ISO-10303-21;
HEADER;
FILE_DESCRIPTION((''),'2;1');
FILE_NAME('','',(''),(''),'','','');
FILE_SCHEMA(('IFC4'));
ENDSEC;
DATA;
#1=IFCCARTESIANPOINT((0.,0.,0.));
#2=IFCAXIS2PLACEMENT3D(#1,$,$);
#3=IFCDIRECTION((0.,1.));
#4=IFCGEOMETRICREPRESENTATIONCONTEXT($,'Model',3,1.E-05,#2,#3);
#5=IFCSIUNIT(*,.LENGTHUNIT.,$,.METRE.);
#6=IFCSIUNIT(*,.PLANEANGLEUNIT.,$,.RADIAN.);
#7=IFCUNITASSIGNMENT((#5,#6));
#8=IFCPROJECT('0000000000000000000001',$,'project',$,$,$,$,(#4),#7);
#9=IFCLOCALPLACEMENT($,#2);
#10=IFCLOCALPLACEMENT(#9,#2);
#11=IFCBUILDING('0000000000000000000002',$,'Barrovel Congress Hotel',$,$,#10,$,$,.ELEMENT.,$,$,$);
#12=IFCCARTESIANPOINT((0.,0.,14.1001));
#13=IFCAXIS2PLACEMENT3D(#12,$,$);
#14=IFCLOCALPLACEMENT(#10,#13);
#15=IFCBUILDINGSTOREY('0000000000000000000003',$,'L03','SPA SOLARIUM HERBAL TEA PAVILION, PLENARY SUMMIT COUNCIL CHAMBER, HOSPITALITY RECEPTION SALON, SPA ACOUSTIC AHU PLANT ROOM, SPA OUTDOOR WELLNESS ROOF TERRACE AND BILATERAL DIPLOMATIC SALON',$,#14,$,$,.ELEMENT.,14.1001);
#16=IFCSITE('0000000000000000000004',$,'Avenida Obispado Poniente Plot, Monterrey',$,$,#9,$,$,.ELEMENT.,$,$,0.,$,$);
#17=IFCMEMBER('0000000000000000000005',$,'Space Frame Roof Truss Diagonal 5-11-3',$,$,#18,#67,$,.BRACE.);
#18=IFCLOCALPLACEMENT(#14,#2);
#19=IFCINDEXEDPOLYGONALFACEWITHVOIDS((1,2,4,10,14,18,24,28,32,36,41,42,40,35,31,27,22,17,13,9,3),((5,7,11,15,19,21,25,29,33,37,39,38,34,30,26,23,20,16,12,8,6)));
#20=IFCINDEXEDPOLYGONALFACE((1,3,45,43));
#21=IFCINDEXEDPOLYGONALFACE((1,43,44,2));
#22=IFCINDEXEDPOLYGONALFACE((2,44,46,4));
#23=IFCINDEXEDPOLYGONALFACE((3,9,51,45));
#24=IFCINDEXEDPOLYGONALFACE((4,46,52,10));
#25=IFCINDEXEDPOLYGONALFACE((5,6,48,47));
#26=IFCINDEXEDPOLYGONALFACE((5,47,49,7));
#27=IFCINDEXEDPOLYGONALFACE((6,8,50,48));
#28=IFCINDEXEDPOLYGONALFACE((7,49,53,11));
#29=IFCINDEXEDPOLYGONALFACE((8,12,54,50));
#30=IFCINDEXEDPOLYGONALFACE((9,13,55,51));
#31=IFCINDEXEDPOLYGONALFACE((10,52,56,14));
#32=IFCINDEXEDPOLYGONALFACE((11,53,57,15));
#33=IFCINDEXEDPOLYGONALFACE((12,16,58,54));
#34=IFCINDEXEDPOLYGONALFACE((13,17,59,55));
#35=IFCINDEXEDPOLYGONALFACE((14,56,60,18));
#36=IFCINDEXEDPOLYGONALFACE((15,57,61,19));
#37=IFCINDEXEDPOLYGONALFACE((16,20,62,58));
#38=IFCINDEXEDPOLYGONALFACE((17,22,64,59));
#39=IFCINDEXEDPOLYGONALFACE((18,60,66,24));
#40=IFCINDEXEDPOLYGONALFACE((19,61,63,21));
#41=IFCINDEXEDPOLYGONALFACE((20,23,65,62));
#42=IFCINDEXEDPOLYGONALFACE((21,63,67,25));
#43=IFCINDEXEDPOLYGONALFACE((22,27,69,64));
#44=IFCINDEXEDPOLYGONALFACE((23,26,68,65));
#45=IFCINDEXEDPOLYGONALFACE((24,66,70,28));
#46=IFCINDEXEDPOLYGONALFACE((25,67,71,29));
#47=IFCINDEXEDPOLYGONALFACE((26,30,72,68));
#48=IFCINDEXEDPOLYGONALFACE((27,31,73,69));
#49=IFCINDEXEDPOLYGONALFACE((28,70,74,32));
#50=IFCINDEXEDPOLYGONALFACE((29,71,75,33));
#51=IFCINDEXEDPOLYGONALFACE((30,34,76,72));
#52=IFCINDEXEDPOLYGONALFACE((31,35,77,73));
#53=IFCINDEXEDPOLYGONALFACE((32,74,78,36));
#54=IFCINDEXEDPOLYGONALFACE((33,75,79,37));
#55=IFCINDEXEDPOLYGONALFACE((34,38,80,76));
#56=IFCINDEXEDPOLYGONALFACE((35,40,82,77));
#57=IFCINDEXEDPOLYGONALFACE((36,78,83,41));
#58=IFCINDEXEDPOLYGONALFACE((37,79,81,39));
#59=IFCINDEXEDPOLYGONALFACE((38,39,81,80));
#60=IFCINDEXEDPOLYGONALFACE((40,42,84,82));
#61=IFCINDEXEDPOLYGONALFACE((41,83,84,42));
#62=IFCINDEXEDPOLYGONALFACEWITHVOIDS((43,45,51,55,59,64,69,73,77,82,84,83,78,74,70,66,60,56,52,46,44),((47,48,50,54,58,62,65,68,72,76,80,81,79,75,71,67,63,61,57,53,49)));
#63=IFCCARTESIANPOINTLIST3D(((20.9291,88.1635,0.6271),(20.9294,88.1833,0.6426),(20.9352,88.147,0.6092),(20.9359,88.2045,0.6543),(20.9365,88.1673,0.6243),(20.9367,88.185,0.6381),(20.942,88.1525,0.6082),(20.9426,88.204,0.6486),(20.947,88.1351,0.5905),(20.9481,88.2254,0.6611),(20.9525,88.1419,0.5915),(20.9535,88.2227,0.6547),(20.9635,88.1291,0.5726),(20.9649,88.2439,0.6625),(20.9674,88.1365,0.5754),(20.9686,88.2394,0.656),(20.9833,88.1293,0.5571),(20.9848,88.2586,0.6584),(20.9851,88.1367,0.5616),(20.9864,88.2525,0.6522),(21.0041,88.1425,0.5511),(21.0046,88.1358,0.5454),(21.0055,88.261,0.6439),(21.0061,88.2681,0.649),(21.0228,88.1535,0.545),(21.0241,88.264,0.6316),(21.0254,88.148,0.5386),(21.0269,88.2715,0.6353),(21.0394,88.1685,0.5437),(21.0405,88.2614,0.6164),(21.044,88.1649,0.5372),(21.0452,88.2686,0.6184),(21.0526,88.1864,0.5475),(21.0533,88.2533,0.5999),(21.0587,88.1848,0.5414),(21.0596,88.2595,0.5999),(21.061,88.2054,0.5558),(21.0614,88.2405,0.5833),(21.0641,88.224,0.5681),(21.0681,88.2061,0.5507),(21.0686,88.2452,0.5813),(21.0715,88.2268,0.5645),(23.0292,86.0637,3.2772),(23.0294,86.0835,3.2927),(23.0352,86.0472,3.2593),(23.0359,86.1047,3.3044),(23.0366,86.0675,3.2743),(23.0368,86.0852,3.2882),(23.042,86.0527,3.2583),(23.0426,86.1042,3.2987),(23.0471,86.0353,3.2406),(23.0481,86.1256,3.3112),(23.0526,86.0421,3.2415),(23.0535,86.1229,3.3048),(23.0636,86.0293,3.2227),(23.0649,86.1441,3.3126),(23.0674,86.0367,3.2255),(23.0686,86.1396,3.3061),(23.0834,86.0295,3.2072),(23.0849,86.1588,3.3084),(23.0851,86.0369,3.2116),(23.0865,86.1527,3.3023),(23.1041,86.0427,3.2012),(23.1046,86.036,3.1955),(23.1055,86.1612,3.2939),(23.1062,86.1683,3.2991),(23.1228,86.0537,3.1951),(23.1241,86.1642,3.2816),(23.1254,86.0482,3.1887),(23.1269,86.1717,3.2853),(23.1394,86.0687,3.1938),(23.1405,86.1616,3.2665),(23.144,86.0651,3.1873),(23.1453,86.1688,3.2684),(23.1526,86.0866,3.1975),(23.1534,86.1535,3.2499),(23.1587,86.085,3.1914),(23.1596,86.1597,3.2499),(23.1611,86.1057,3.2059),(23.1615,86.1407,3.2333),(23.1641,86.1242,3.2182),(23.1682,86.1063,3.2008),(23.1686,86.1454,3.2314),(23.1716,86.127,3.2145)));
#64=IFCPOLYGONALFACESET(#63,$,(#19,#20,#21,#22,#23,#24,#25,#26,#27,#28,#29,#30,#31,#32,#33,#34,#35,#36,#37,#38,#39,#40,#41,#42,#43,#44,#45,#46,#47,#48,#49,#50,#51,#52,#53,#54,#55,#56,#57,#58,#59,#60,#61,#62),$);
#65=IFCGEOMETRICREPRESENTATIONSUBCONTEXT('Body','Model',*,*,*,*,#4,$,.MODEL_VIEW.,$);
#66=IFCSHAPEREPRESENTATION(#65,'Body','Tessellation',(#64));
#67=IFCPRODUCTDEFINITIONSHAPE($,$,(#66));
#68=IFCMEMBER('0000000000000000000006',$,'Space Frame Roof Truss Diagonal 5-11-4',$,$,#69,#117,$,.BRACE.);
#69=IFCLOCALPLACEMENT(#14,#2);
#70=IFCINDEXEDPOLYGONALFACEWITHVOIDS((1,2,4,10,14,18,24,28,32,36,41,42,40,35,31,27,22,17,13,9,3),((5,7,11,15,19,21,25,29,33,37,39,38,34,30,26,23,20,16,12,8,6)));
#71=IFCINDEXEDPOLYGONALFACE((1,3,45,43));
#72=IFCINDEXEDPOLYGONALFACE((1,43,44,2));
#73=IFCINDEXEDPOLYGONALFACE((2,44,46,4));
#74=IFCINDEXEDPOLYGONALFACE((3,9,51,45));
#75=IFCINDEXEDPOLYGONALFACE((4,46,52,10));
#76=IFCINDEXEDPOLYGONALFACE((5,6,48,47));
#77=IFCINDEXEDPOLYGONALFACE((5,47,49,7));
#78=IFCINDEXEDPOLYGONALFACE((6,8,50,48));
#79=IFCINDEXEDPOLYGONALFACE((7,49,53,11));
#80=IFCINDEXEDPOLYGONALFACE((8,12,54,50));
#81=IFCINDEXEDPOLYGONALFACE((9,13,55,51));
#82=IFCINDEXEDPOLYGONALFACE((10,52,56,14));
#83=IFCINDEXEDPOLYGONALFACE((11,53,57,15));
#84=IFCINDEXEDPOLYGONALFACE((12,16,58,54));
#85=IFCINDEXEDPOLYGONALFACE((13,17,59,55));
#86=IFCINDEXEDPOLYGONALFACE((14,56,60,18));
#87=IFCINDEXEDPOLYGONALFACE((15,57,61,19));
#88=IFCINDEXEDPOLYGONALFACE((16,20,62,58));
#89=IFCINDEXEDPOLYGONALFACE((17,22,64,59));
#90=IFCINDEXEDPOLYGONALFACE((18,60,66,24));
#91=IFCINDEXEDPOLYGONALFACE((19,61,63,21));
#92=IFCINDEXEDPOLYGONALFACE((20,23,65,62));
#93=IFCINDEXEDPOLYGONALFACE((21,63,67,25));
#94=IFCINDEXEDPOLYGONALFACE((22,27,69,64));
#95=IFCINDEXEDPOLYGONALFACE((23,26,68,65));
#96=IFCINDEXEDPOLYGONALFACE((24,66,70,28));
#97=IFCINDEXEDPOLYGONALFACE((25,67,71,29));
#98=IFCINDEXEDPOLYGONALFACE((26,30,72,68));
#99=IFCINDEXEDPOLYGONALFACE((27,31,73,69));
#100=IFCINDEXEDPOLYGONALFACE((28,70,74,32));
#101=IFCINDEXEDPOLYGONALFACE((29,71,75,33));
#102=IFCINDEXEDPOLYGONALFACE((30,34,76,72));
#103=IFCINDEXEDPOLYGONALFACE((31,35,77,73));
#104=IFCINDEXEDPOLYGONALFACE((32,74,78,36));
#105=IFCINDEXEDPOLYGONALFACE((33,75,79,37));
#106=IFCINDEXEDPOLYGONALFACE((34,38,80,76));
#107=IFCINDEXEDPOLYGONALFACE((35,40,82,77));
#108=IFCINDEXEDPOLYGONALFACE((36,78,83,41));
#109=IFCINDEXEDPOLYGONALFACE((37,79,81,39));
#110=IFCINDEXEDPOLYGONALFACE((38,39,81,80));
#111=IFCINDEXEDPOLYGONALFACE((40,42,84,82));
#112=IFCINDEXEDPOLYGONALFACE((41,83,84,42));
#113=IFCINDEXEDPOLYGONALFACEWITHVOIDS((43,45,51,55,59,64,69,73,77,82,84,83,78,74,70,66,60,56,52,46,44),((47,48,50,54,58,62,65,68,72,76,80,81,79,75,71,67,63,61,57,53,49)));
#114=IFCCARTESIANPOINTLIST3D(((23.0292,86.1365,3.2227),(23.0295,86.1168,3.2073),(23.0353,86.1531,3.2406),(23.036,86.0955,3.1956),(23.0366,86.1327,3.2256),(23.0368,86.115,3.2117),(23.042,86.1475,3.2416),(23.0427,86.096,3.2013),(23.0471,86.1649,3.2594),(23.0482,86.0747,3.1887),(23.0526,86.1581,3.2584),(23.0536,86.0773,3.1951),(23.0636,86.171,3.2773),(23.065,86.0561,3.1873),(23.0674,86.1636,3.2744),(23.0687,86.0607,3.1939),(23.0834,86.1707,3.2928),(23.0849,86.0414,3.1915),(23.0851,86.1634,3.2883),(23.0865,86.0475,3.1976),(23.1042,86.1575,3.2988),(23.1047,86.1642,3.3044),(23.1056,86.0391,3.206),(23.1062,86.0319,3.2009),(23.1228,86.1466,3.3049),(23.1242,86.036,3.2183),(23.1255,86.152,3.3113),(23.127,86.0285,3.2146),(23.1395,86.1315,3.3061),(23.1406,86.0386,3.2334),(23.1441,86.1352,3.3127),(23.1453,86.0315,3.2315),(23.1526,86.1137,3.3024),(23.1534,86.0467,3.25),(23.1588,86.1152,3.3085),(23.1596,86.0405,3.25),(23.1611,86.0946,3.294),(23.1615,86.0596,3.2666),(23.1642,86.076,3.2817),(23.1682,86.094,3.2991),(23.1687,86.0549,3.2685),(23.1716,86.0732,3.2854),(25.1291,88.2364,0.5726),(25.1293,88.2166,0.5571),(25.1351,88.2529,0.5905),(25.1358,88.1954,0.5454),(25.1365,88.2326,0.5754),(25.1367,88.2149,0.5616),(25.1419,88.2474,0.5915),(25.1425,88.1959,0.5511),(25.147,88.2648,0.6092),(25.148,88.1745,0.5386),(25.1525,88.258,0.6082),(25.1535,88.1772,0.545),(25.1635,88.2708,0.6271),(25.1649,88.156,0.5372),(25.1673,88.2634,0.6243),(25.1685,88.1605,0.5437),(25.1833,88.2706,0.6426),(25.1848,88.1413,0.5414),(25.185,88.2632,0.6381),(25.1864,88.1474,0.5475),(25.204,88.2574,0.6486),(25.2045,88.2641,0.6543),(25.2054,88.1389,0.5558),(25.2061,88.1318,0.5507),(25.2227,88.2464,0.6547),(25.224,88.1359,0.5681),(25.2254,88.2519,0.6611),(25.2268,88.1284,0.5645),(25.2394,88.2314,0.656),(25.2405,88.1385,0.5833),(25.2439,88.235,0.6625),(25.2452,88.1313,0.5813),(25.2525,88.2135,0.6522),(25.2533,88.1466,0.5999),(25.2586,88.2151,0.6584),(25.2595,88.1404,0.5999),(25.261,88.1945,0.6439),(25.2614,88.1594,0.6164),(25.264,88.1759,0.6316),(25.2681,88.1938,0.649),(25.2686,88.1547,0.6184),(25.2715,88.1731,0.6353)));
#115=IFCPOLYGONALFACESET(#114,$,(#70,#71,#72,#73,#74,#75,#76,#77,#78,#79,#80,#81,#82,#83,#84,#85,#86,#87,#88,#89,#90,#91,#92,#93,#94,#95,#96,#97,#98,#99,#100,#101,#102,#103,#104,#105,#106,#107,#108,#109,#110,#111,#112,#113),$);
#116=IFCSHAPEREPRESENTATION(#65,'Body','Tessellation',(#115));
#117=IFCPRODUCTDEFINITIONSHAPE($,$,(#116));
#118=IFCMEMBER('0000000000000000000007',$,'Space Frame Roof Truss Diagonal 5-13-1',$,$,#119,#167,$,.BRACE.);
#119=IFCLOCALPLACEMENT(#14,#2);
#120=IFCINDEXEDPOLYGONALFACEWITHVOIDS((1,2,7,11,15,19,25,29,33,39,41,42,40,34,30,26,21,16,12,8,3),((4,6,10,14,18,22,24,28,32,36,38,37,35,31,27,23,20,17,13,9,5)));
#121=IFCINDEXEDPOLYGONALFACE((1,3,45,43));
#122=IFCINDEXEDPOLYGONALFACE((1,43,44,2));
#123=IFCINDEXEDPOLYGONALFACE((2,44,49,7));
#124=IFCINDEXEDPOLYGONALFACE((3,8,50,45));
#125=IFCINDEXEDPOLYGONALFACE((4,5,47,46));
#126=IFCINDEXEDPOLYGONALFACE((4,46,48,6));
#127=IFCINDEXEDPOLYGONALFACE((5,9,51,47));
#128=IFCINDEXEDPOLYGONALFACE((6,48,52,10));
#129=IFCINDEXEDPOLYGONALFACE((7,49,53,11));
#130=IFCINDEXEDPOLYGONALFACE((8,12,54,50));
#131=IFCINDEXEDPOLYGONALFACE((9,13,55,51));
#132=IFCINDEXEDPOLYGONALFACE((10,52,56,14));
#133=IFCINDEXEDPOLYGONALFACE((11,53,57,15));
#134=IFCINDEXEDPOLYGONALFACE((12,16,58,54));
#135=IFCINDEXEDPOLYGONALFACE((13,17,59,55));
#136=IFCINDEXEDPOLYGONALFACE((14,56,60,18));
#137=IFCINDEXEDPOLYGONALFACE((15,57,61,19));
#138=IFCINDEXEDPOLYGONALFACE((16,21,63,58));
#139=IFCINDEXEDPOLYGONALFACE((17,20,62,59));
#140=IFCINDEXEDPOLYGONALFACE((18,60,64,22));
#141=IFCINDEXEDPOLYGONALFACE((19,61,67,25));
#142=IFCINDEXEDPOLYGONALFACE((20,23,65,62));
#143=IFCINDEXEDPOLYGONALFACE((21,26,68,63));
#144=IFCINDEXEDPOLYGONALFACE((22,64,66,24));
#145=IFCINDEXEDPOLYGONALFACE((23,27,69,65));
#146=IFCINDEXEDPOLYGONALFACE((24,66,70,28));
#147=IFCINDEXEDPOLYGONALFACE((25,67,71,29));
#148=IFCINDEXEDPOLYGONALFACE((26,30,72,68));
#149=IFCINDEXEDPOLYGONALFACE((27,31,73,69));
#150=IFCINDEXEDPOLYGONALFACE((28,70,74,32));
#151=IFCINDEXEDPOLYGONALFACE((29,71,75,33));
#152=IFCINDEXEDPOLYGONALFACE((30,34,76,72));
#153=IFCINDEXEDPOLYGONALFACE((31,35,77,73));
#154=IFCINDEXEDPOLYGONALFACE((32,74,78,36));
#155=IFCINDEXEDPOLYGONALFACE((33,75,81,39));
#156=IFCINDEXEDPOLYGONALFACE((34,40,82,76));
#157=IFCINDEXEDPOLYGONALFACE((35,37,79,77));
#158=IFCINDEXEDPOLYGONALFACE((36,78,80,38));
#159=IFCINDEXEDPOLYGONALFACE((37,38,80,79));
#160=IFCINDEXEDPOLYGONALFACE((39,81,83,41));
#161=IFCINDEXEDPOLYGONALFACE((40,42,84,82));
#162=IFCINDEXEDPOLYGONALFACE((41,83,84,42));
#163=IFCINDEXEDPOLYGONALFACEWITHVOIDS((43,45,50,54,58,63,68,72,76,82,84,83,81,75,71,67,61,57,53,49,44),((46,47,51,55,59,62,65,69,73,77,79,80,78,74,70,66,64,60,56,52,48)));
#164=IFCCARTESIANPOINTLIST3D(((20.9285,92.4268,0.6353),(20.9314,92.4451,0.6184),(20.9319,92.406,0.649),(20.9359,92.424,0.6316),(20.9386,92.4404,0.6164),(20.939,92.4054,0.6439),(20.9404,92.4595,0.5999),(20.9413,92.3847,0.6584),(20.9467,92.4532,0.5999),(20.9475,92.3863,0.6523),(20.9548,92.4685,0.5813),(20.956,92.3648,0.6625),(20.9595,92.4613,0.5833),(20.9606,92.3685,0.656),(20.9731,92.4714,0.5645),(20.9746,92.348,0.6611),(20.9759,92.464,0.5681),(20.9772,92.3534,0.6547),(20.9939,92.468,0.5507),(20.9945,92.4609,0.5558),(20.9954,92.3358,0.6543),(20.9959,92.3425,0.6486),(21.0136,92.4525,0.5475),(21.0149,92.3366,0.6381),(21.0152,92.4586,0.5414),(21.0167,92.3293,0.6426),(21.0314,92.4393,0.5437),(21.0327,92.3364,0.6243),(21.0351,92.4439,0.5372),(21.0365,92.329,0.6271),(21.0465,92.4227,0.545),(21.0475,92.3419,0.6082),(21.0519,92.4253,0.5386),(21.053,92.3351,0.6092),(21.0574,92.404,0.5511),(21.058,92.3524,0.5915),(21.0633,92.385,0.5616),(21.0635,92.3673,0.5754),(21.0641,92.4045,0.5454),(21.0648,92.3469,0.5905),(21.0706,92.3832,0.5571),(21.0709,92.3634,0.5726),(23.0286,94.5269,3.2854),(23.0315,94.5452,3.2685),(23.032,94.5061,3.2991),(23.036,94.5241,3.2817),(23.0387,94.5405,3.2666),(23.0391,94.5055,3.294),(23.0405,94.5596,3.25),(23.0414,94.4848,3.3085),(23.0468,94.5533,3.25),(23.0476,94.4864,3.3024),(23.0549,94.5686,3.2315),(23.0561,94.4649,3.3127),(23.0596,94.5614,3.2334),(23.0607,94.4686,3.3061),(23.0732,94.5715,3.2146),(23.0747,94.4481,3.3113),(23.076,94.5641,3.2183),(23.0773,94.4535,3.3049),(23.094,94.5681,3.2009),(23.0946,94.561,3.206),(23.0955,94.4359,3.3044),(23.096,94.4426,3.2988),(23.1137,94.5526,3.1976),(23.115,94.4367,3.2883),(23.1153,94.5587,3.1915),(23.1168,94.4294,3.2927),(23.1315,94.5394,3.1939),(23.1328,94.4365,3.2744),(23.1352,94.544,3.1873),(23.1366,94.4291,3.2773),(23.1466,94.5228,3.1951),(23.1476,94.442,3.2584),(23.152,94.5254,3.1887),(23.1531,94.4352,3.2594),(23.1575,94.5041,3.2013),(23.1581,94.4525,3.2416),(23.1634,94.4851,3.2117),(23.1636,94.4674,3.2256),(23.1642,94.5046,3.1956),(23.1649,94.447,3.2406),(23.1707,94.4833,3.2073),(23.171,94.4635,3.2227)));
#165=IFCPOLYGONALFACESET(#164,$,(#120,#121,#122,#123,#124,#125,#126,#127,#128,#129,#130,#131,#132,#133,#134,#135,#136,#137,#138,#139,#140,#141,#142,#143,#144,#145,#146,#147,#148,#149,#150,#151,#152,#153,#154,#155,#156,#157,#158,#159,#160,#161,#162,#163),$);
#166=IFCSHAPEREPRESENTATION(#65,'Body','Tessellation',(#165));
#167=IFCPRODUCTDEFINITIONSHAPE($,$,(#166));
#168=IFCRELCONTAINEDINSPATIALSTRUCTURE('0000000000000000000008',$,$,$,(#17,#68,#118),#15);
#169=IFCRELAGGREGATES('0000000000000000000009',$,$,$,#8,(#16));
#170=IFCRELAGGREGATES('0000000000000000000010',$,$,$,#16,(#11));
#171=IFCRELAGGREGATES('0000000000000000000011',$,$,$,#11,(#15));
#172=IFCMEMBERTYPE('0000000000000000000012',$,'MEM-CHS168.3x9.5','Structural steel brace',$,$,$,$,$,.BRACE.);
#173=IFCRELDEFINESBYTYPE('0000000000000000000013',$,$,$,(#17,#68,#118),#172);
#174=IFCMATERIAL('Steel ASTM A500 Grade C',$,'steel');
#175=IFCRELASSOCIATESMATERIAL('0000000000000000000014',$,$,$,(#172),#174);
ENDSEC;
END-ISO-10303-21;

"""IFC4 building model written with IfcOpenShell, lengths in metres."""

from ifc_helpers import new_model, si_unit, direction, frame, origin, origin_2d, place, context, subcontext, project, spatial, hollow_circle, extrude, material, material_profile, profile_set, type_object, element, save


model = new_model("IFC4")

# Units and contexts
model_context = context("Model", 3, precision=1e-05, world=origin(), true_north=direction((0.0, 1.0)))
body_context = subcontext(model_context, "Body", "Model", "MODEL_VIEW")
ifc_project = project(units=[si_unit("LENGTHUNIT", "METRE"), si_unit("PLANEANGLEUNIT", "RADIAN")], contexts=[model_context])

# Site, building, storey
site_placement = place(None, origin())
site = spatial("IfcSite", under=ifc_project, at=site_placement, Name="Avenida Obispado Poniente Plot, Monterrey", CompositionType="ELEMENT", RefElevation=0.0)
building_placement = place(site_placement, origin())
building = spatial("IfcBuilding", under=site, at=building_placement, Name="Barrovel Congress Hotel", CompositionType="ELEMENT")
storey_placement = place(building_placement, frame((0.0, 0.0, 14.1001)))
storey = spatial("IfcBuildingStorey", under=building, at=storey_placement, Name="L03", Description="SPA SOLARIUM HERBAL TEA PAVILION, PLENARY SUMMIT COUNCIL CHAMBER, HOSPITALITY RECEPTION SALON, SPA ACOUSTIC AHU PLANT ROOM, SPA OUTDOOR WELLNESS ROOF TERRACE AND BILATERAL DIPLOMATIC SALON", CompositionType="ELEMENT", Elevation=14.1001)

# Members
ifc_material_1 = material(Name="Steel ASTM A500 Grade C", Category="steel")
ifc_material_profile_1 = material_profile(ifc_material_1, hollow_circle(Radius=0.0842, WallThickness=0.0088, at=origin_2d()), Name="CHS168.3x9.5")
ifc_profile_set_1 = profile_set([ifc_material_profile_1], Name="Steel ASTM A500 Grade C")
member_type_1 = type_object("IfcMemberType", Name="MEM-CHS168.3x9.5", Description="Structural steel brace", PredefinedType="BRACE", material=ifc_profile_set_1)
for number, where, z_axis, x_axis, name in (
    (1, (21.0, 88.2, 0.5999), (0.527618, -0.527557, 0.66581), (0.707066, 0.707148, 0.0), "Space Frame Roof Truss Diagonal 5-11-3"),
    (2, (25.2, 88.2, 0.5999), (-0.527574, -0.527574, 0.665831), (0.707107, -0.707107, 0.0), "Space Frame Roof Truss Diagonal 5-11-4"),
):
    element("IfcMember", number, at=place(storey_placement, frame(where, z_axis=z_axis, x_axis=x_axis)), inside=storey, type_object=member_type_1, Name=name, PredefinedType="BRACE", context=body_context, shape_type="SweptSolid", body=[
        extrude(hollow_circle(Radius=0.0842, WallThickness=0.0088, at=origin_2d()), origin(), (0.0, 0.0, 1.0), 3.9802),
    ])
member_1_placement = place(storey_placement, frame((21.0, 92.3999, 0.5999), z_axis=(0.527601, 0.527601, 0.665788), x_axis=(-0.707107, 0.707107, 0.0)))
element("IfcMember", 3, at=member_1_placement, inside=storey, type_object=member_type_1, Name="Space Frame Roof Truss Diagonal 5-13-1", PredefinedType="BRACE", context=body_context, shape_type="SweptSolid", body=[
    extrude(hollow_circle(Radius=0.0842, WallThickness=0.0088, at=origin_2d()), origin(), (0.0, 0.0, 1.0), 3.9805),
])

save(model, "model.ifc")
